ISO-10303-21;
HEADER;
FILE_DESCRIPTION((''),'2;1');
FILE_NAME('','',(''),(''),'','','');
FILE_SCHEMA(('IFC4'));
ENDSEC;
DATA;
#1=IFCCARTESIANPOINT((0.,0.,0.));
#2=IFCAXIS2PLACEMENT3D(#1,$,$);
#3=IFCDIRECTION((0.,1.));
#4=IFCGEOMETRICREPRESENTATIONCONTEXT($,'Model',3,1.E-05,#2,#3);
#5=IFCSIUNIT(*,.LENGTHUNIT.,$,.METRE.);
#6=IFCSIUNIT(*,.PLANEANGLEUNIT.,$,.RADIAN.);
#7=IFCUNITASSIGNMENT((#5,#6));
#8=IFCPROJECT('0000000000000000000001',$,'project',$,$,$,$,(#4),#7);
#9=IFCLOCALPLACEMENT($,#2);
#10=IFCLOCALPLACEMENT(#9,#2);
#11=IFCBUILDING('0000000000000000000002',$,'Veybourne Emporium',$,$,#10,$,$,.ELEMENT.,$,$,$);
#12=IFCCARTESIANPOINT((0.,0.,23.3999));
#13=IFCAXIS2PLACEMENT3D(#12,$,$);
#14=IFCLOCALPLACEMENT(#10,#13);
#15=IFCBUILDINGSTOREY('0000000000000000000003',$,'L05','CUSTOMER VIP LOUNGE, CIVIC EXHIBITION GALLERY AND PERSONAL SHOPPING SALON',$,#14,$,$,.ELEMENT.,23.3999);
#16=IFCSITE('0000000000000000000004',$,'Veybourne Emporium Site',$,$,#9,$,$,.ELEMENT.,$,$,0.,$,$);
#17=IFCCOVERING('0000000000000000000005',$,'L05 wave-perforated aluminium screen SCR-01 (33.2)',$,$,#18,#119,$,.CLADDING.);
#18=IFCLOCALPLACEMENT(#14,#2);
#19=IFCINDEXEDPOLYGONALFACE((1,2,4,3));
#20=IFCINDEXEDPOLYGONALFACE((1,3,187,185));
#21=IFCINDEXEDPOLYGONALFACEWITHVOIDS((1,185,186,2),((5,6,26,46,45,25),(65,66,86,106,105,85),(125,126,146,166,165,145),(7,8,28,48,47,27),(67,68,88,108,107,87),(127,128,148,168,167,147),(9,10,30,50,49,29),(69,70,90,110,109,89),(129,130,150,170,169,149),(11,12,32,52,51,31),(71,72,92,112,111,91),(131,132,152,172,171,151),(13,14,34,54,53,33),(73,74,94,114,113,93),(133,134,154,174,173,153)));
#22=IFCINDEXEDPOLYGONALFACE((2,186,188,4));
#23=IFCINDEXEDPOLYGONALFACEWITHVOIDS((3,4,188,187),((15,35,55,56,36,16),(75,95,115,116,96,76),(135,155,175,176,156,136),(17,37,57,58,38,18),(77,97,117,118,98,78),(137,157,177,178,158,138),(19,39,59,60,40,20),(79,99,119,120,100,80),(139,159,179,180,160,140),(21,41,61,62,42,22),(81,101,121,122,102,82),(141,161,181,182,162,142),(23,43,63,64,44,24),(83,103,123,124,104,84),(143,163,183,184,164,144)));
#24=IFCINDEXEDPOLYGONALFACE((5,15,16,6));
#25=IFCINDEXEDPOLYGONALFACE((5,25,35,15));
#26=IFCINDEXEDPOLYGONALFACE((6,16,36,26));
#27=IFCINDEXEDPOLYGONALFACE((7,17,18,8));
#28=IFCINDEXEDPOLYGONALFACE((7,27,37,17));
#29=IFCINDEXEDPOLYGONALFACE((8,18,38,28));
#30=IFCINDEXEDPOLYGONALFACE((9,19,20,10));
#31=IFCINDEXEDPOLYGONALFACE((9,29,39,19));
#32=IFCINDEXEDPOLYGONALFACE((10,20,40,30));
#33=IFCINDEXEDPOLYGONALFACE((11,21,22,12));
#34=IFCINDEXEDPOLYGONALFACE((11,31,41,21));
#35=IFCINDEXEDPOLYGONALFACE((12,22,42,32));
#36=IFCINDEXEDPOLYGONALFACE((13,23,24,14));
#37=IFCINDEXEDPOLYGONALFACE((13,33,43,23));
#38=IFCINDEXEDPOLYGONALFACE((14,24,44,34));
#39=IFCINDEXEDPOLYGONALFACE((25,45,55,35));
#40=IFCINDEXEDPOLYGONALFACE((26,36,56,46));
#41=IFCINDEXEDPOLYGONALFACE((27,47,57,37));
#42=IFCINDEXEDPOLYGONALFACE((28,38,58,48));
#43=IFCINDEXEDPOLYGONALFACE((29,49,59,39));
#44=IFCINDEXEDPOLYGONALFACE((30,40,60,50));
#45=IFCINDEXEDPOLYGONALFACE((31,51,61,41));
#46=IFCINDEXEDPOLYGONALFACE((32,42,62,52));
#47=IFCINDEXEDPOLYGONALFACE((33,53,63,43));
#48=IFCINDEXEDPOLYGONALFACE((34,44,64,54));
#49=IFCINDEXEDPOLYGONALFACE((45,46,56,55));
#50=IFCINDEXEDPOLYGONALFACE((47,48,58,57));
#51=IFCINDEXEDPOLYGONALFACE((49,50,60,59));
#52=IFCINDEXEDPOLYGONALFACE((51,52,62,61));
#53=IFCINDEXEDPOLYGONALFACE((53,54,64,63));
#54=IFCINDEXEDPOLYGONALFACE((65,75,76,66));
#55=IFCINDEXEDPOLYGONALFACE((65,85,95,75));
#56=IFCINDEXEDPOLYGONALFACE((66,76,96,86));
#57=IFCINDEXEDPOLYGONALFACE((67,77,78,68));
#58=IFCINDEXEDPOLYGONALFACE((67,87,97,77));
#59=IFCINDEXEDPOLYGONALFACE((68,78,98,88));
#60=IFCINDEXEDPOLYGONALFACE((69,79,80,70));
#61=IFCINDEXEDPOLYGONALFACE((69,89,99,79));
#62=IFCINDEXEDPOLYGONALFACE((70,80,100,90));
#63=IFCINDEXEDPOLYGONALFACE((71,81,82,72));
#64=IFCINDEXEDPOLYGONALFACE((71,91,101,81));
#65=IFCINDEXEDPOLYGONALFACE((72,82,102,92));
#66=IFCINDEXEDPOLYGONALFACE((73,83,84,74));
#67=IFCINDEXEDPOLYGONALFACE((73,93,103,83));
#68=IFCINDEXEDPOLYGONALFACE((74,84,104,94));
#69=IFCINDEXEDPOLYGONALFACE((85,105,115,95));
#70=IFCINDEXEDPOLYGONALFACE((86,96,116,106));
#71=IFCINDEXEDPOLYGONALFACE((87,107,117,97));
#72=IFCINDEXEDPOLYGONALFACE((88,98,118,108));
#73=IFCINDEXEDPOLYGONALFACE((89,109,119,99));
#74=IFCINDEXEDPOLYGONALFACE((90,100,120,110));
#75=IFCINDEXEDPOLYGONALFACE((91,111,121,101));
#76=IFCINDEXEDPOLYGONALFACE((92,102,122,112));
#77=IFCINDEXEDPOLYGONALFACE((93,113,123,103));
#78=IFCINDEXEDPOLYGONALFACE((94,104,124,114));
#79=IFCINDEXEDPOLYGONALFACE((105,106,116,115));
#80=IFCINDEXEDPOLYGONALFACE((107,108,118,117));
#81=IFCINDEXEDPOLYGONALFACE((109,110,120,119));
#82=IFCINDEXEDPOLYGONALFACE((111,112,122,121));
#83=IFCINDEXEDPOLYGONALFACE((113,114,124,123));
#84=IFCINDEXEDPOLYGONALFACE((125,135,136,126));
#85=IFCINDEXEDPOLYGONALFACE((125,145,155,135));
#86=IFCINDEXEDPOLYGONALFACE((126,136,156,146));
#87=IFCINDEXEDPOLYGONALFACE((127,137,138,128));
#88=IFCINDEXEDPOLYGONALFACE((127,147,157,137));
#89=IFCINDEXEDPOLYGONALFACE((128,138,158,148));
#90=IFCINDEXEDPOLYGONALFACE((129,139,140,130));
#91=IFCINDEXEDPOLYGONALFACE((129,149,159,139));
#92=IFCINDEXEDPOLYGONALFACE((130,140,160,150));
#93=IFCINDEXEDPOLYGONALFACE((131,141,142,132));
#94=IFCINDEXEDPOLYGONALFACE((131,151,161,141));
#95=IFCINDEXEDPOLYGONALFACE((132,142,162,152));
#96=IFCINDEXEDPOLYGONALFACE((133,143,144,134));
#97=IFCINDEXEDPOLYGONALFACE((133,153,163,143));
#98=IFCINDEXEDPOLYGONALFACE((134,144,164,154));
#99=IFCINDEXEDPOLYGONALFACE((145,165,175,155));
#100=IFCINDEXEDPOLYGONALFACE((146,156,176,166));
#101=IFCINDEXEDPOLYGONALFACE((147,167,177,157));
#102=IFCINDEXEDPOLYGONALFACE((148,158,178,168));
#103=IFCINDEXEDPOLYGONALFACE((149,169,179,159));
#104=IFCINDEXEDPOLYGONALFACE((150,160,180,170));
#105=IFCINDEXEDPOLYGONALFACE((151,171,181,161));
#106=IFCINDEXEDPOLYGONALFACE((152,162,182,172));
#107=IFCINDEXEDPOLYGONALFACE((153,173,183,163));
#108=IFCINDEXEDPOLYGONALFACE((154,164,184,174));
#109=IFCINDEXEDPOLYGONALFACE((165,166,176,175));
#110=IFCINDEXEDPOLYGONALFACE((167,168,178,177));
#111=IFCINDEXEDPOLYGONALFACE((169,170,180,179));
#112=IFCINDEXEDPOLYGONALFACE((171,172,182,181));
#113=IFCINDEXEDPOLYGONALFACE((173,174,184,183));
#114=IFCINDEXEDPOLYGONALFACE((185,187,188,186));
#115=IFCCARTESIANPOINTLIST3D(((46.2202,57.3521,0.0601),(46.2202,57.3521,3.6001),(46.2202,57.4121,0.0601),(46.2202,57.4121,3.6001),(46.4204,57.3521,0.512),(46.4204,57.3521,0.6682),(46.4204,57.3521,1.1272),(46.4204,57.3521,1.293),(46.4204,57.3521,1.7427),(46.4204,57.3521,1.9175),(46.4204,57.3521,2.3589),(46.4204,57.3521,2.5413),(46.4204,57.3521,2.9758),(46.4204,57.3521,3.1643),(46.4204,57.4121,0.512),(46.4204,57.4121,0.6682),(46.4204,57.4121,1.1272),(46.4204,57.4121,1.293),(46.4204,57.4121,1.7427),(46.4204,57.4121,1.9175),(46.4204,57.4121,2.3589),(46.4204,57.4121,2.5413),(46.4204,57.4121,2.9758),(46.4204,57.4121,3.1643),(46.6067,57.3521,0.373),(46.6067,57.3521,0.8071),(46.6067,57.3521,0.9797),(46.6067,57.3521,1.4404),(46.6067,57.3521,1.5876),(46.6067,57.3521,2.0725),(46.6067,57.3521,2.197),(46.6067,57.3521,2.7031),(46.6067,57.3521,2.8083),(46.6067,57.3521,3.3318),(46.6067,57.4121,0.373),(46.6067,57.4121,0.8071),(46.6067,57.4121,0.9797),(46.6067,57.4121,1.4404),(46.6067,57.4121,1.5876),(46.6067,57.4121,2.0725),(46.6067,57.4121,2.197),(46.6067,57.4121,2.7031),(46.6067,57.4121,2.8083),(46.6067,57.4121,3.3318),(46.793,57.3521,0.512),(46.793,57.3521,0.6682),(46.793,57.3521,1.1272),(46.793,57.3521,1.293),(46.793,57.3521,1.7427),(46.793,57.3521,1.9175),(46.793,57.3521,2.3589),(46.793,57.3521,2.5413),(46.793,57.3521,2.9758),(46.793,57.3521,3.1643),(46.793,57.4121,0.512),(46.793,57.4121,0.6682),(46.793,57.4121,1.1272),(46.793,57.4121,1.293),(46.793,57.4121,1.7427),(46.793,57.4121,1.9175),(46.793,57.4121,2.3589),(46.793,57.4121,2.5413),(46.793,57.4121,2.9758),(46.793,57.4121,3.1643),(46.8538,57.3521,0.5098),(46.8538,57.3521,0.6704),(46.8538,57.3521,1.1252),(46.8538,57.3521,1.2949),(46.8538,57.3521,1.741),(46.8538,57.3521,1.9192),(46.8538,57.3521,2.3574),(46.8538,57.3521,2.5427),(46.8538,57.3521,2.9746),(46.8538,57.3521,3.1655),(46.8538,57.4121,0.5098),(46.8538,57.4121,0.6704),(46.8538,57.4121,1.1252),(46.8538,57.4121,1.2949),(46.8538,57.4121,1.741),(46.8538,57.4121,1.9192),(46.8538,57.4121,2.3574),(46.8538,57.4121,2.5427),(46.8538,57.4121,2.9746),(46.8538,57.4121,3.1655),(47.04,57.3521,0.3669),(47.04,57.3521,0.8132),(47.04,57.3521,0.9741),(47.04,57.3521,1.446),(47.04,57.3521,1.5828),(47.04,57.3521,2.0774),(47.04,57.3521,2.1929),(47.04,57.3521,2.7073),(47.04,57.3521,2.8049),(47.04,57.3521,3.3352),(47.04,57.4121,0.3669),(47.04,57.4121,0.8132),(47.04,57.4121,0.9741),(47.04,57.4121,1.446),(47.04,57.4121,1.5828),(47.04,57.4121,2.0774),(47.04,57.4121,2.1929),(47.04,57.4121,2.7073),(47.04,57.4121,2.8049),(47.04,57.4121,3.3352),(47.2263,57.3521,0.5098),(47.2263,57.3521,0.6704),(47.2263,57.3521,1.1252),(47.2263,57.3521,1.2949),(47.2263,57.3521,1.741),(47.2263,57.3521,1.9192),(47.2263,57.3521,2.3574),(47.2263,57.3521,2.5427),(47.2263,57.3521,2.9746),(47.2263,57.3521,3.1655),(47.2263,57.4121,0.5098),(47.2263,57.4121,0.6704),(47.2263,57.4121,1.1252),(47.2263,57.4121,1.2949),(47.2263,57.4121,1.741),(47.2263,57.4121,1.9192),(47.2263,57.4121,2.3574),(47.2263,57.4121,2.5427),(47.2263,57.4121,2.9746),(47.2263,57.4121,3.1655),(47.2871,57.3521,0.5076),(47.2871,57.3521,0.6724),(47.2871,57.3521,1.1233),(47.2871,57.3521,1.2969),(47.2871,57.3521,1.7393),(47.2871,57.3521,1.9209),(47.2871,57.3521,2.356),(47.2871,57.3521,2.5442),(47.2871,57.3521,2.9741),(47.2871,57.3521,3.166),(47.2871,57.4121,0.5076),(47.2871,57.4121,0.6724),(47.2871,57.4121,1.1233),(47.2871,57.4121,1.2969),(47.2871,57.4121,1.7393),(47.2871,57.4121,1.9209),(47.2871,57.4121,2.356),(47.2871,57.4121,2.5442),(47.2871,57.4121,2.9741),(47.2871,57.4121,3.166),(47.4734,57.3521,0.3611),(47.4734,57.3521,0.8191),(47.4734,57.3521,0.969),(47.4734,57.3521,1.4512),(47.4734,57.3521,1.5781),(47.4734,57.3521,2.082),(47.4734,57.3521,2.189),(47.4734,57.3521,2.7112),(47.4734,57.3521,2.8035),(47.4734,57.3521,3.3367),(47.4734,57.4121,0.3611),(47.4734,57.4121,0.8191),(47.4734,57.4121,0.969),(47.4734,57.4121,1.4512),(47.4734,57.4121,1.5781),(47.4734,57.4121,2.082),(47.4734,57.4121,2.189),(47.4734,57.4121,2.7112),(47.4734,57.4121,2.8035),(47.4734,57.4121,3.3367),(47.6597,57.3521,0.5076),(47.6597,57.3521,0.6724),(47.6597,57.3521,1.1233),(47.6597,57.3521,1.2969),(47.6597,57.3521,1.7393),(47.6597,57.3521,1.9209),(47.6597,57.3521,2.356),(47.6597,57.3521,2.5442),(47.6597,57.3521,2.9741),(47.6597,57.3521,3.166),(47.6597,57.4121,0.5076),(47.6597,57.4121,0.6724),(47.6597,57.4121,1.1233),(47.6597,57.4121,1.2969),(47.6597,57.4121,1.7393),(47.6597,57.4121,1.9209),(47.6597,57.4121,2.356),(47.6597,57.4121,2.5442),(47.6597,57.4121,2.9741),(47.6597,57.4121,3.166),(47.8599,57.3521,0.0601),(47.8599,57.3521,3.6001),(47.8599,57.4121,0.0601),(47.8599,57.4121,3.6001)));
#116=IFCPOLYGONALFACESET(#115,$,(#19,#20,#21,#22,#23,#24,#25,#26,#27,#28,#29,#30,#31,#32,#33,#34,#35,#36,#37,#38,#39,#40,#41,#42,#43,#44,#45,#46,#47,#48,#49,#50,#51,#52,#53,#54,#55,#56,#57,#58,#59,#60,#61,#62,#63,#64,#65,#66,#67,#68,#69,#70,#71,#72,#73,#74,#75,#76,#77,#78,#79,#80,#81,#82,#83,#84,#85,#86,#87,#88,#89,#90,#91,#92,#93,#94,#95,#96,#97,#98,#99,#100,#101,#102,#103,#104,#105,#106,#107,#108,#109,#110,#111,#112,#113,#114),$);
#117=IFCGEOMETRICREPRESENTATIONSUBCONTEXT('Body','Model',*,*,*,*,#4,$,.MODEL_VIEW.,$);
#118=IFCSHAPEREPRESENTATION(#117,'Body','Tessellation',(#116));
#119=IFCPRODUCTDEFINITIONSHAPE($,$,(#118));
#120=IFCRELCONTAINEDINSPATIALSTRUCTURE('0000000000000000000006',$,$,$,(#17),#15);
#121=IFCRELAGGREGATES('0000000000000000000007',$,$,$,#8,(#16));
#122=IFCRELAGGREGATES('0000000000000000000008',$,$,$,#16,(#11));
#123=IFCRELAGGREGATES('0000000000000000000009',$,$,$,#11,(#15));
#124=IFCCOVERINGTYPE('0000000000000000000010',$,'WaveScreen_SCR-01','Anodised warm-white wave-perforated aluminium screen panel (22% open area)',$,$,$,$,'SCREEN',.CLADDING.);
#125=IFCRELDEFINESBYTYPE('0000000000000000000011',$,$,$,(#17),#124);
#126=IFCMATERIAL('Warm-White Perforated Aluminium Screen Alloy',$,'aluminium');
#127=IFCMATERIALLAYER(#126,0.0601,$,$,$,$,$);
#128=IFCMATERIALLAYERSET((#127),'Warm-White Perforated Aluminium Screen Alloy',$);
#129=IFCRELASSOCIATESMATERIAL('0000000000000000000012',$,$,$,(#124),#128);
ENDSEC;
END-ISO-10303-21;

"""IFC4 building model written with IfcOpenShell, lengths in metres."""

from ifc_helpers import new_model, si_unit, direction, frame, origin, place, context, subcontext, project, spatial, polyline, outline, extrude, material, layer, layer_set, type_object, element, save


model = new_model("IFC4")

# Units and contexts
model_context = context("Model", 3, precision=1e-05, world=origin(), true_north=direction((0.0, 1.0)))
body_context = subcontext(model_context, "Body", "Model", "MODEL_VIEW")
ifc_project = project(units=[si_unit("LENGTHUNIT", "METRE"), si_unit("PLANEANGLEUNIT", "RADIAN")], contexts=[model_context])

# Site, building, storey
site_placement = place(None, origin())
site = spatial("IfcSite", under=ifc_project, at=site_placement, Name="Veybourne Emporium Site", CompositionType="ELEMENT", RefElevation=0.0)
building_placement = place(site_placement, origin())
building = spatial("IfcBuilding", under=site, at=building_placement, Name="Veybourne Emporium", CompositionType="ELEMENT")
storey_placement = place(building_placement, frame((0.0, 0.0, 23.3999)))
storey = spatial("IfcBuildingStorey", under=building, at=storey_placement, Name="L05", Description="CUSTOMER VIP LOUNGE, CIVIC EXHIBITION GALLERY AND PERSONAL SHOPPING SALON", CompositionType="ELEMENT", Elevation=23.3999)

# Covering
ifc_material_1 = material(Name="Warm-White Perforated Aluminium Screen Alloy", Category="aluminium")
ifc_layer_1 = layer(ifc_material_1, 0.0601)
ifc_layer_set_1 = layer_set([ifc_layer_1], Name="Warm-White Perforated Aluminium Screen Alloy")
covering_type_1 = type_object("IfcCoveringType", Name="WaveScreen_SCR-01", Description="Anodised warm-white wave-perforated aluminium screen panel (22% open area)", ElementType="SCREEN", PredefinedType="CLADDING", material=ifc_layer_set_1)
covering_1_placement = place(storey_placement, frame((47.04, 57.3521, 1.8301), z_axis=(0.0, 1.0, 0.0), x_axis=(-1.0, 0.0, 0.0)))
element("IfcCovering", 1, at=covering_1_placement, inside=storey, type_object=covering_type_1, Name="L05 wave-perforated aluminium screen SCR-01 (33.2)", PredefinedType="CLADDING", context=body_context, shape_type="SweptSolid", body=[
    extrude(outline(polyline([(-0.8198, -1.77), (0.8198, -1.77), (0.8198, 1.77), (-0.8198, 1.77), (-0.8198, -1.77)]), holes=[polyline([(-0.4333, -1.011), (-0.2471, -1.1577), (-0.2471, -1.3225), (-0.4333, -1.469), (-0.6196, -1.3225), (-0.6196, -1.1577), (-0.4333, -1.011)]), polyline([(-0.4333, -0.3789), (-0.2471, -0.5332), (-0.2471, -0.7068), (-0.4333, -0.8611), (-0.6196, -0.7068), (-0.6196, -0.5332), (-0.4333, -0.3789)]), polyline([(-0.4333, 0.252), (-0.2471, 0.0908), (-0.2471, -0.0908), (-0.4333, -0.252), (-0.6196, -0.0908), (-0.6196, 0.0908), (-0.4333, 0.252)]), polyline([(-0.4333, 0.8811), (-0.2471, 0.7141), (-0.2471, 0.5259), (-0.4333, 0.3589), (-0.6196, 0.5259), (-0.6196, 0.7141), (-0.4333, 0.8811)]), polyline([(-0.4333, 1.5066), (-0.2471, 1.3359), (-0.2471, 1.144), (-0.4333, 0.9734), (-0.6196, 1.144), (-0.6196, 1.3359), (-0.4333, 1.5066)]), polyline([(0.0, -1.0168), (0.1863, -1.1597), (0.1863, -1.3203), (0.0, -1.4631), (-0.1863, -1.3203), (-0.1863, -1.1597), (0.0, -1.0168)]), polyline([(0.0, -0.384), (0.1863, -0.5352), (0.1863, -0.7048), (0.0, -0.856), (-0.1863, -0.7048), (-0.1863, -0.5352), (0.0, -0.384)]), polyline([(0.0, 0.2473), (0.1863, 0.0891), (0.1863, -0.0891), (0.0, -0.2473), (-0.1863, -0.0891), (-0.1863, 0.0891), (0.0, 0.2473)]), polyline([(0.0, 0.8772), (0.1863, 0.7126), (0.1863, 0.5273), (0.0, 0.3628), (-0.1863, 0.5273), (-0.1863, 0.7126), (0.0, 0.8772)]), polyline([(0.0, 1.5051), (0.1863, 1.3354), (0.1863, 1.1445), (0.0, 0.9749), (-0.1863, 1.1445), (-0.1863, 1.3354), (0.0, 1.5051)]), polyline([(0.4333, -1.0229), (0.6196, -1.1619), (0.6196, -1.3181), (0.4333, -1.457), (0.2471, -1.3181), (0.2471, -1.1619), (0.4333, -1.0229)]), polyline([(0.4333, -0.3896), (0.6196, -0.5371), (0.6196, -0.7029), (0.4333, -0.8503), (0.2471, -0.7029), (0.2471, -0.5371), (0.4333, -0.3896)]), polyline([(0.4333, 0.2424), (0.6196, 0.0874), (0.6196, -0.0874), (0.4333, -0.2424), (0.2471, -0.0874), (0.2471, 0.0874), (0.4333, 0.2424)]), polyline([(0.4333, 0.873), (0.6196, 0.7112), (0.6196, 0.5288), (0.4333, 0.3669), (0.2471, 0.5288), (0.2471, 0.7112), (0.4333, 0.873)]), polyline([(0.4333, 1.5017), (0.6196, 1.3342), (0.6196, 1.1458), (0.4333, 0.9783), (0.2471, 1.1458), (0.2471, 1.3342), (0.4333, 1.5017)])]), origin(), (0.0, 0.0, 1.0), 0.0601),
])

save(model, "model.ifc")
